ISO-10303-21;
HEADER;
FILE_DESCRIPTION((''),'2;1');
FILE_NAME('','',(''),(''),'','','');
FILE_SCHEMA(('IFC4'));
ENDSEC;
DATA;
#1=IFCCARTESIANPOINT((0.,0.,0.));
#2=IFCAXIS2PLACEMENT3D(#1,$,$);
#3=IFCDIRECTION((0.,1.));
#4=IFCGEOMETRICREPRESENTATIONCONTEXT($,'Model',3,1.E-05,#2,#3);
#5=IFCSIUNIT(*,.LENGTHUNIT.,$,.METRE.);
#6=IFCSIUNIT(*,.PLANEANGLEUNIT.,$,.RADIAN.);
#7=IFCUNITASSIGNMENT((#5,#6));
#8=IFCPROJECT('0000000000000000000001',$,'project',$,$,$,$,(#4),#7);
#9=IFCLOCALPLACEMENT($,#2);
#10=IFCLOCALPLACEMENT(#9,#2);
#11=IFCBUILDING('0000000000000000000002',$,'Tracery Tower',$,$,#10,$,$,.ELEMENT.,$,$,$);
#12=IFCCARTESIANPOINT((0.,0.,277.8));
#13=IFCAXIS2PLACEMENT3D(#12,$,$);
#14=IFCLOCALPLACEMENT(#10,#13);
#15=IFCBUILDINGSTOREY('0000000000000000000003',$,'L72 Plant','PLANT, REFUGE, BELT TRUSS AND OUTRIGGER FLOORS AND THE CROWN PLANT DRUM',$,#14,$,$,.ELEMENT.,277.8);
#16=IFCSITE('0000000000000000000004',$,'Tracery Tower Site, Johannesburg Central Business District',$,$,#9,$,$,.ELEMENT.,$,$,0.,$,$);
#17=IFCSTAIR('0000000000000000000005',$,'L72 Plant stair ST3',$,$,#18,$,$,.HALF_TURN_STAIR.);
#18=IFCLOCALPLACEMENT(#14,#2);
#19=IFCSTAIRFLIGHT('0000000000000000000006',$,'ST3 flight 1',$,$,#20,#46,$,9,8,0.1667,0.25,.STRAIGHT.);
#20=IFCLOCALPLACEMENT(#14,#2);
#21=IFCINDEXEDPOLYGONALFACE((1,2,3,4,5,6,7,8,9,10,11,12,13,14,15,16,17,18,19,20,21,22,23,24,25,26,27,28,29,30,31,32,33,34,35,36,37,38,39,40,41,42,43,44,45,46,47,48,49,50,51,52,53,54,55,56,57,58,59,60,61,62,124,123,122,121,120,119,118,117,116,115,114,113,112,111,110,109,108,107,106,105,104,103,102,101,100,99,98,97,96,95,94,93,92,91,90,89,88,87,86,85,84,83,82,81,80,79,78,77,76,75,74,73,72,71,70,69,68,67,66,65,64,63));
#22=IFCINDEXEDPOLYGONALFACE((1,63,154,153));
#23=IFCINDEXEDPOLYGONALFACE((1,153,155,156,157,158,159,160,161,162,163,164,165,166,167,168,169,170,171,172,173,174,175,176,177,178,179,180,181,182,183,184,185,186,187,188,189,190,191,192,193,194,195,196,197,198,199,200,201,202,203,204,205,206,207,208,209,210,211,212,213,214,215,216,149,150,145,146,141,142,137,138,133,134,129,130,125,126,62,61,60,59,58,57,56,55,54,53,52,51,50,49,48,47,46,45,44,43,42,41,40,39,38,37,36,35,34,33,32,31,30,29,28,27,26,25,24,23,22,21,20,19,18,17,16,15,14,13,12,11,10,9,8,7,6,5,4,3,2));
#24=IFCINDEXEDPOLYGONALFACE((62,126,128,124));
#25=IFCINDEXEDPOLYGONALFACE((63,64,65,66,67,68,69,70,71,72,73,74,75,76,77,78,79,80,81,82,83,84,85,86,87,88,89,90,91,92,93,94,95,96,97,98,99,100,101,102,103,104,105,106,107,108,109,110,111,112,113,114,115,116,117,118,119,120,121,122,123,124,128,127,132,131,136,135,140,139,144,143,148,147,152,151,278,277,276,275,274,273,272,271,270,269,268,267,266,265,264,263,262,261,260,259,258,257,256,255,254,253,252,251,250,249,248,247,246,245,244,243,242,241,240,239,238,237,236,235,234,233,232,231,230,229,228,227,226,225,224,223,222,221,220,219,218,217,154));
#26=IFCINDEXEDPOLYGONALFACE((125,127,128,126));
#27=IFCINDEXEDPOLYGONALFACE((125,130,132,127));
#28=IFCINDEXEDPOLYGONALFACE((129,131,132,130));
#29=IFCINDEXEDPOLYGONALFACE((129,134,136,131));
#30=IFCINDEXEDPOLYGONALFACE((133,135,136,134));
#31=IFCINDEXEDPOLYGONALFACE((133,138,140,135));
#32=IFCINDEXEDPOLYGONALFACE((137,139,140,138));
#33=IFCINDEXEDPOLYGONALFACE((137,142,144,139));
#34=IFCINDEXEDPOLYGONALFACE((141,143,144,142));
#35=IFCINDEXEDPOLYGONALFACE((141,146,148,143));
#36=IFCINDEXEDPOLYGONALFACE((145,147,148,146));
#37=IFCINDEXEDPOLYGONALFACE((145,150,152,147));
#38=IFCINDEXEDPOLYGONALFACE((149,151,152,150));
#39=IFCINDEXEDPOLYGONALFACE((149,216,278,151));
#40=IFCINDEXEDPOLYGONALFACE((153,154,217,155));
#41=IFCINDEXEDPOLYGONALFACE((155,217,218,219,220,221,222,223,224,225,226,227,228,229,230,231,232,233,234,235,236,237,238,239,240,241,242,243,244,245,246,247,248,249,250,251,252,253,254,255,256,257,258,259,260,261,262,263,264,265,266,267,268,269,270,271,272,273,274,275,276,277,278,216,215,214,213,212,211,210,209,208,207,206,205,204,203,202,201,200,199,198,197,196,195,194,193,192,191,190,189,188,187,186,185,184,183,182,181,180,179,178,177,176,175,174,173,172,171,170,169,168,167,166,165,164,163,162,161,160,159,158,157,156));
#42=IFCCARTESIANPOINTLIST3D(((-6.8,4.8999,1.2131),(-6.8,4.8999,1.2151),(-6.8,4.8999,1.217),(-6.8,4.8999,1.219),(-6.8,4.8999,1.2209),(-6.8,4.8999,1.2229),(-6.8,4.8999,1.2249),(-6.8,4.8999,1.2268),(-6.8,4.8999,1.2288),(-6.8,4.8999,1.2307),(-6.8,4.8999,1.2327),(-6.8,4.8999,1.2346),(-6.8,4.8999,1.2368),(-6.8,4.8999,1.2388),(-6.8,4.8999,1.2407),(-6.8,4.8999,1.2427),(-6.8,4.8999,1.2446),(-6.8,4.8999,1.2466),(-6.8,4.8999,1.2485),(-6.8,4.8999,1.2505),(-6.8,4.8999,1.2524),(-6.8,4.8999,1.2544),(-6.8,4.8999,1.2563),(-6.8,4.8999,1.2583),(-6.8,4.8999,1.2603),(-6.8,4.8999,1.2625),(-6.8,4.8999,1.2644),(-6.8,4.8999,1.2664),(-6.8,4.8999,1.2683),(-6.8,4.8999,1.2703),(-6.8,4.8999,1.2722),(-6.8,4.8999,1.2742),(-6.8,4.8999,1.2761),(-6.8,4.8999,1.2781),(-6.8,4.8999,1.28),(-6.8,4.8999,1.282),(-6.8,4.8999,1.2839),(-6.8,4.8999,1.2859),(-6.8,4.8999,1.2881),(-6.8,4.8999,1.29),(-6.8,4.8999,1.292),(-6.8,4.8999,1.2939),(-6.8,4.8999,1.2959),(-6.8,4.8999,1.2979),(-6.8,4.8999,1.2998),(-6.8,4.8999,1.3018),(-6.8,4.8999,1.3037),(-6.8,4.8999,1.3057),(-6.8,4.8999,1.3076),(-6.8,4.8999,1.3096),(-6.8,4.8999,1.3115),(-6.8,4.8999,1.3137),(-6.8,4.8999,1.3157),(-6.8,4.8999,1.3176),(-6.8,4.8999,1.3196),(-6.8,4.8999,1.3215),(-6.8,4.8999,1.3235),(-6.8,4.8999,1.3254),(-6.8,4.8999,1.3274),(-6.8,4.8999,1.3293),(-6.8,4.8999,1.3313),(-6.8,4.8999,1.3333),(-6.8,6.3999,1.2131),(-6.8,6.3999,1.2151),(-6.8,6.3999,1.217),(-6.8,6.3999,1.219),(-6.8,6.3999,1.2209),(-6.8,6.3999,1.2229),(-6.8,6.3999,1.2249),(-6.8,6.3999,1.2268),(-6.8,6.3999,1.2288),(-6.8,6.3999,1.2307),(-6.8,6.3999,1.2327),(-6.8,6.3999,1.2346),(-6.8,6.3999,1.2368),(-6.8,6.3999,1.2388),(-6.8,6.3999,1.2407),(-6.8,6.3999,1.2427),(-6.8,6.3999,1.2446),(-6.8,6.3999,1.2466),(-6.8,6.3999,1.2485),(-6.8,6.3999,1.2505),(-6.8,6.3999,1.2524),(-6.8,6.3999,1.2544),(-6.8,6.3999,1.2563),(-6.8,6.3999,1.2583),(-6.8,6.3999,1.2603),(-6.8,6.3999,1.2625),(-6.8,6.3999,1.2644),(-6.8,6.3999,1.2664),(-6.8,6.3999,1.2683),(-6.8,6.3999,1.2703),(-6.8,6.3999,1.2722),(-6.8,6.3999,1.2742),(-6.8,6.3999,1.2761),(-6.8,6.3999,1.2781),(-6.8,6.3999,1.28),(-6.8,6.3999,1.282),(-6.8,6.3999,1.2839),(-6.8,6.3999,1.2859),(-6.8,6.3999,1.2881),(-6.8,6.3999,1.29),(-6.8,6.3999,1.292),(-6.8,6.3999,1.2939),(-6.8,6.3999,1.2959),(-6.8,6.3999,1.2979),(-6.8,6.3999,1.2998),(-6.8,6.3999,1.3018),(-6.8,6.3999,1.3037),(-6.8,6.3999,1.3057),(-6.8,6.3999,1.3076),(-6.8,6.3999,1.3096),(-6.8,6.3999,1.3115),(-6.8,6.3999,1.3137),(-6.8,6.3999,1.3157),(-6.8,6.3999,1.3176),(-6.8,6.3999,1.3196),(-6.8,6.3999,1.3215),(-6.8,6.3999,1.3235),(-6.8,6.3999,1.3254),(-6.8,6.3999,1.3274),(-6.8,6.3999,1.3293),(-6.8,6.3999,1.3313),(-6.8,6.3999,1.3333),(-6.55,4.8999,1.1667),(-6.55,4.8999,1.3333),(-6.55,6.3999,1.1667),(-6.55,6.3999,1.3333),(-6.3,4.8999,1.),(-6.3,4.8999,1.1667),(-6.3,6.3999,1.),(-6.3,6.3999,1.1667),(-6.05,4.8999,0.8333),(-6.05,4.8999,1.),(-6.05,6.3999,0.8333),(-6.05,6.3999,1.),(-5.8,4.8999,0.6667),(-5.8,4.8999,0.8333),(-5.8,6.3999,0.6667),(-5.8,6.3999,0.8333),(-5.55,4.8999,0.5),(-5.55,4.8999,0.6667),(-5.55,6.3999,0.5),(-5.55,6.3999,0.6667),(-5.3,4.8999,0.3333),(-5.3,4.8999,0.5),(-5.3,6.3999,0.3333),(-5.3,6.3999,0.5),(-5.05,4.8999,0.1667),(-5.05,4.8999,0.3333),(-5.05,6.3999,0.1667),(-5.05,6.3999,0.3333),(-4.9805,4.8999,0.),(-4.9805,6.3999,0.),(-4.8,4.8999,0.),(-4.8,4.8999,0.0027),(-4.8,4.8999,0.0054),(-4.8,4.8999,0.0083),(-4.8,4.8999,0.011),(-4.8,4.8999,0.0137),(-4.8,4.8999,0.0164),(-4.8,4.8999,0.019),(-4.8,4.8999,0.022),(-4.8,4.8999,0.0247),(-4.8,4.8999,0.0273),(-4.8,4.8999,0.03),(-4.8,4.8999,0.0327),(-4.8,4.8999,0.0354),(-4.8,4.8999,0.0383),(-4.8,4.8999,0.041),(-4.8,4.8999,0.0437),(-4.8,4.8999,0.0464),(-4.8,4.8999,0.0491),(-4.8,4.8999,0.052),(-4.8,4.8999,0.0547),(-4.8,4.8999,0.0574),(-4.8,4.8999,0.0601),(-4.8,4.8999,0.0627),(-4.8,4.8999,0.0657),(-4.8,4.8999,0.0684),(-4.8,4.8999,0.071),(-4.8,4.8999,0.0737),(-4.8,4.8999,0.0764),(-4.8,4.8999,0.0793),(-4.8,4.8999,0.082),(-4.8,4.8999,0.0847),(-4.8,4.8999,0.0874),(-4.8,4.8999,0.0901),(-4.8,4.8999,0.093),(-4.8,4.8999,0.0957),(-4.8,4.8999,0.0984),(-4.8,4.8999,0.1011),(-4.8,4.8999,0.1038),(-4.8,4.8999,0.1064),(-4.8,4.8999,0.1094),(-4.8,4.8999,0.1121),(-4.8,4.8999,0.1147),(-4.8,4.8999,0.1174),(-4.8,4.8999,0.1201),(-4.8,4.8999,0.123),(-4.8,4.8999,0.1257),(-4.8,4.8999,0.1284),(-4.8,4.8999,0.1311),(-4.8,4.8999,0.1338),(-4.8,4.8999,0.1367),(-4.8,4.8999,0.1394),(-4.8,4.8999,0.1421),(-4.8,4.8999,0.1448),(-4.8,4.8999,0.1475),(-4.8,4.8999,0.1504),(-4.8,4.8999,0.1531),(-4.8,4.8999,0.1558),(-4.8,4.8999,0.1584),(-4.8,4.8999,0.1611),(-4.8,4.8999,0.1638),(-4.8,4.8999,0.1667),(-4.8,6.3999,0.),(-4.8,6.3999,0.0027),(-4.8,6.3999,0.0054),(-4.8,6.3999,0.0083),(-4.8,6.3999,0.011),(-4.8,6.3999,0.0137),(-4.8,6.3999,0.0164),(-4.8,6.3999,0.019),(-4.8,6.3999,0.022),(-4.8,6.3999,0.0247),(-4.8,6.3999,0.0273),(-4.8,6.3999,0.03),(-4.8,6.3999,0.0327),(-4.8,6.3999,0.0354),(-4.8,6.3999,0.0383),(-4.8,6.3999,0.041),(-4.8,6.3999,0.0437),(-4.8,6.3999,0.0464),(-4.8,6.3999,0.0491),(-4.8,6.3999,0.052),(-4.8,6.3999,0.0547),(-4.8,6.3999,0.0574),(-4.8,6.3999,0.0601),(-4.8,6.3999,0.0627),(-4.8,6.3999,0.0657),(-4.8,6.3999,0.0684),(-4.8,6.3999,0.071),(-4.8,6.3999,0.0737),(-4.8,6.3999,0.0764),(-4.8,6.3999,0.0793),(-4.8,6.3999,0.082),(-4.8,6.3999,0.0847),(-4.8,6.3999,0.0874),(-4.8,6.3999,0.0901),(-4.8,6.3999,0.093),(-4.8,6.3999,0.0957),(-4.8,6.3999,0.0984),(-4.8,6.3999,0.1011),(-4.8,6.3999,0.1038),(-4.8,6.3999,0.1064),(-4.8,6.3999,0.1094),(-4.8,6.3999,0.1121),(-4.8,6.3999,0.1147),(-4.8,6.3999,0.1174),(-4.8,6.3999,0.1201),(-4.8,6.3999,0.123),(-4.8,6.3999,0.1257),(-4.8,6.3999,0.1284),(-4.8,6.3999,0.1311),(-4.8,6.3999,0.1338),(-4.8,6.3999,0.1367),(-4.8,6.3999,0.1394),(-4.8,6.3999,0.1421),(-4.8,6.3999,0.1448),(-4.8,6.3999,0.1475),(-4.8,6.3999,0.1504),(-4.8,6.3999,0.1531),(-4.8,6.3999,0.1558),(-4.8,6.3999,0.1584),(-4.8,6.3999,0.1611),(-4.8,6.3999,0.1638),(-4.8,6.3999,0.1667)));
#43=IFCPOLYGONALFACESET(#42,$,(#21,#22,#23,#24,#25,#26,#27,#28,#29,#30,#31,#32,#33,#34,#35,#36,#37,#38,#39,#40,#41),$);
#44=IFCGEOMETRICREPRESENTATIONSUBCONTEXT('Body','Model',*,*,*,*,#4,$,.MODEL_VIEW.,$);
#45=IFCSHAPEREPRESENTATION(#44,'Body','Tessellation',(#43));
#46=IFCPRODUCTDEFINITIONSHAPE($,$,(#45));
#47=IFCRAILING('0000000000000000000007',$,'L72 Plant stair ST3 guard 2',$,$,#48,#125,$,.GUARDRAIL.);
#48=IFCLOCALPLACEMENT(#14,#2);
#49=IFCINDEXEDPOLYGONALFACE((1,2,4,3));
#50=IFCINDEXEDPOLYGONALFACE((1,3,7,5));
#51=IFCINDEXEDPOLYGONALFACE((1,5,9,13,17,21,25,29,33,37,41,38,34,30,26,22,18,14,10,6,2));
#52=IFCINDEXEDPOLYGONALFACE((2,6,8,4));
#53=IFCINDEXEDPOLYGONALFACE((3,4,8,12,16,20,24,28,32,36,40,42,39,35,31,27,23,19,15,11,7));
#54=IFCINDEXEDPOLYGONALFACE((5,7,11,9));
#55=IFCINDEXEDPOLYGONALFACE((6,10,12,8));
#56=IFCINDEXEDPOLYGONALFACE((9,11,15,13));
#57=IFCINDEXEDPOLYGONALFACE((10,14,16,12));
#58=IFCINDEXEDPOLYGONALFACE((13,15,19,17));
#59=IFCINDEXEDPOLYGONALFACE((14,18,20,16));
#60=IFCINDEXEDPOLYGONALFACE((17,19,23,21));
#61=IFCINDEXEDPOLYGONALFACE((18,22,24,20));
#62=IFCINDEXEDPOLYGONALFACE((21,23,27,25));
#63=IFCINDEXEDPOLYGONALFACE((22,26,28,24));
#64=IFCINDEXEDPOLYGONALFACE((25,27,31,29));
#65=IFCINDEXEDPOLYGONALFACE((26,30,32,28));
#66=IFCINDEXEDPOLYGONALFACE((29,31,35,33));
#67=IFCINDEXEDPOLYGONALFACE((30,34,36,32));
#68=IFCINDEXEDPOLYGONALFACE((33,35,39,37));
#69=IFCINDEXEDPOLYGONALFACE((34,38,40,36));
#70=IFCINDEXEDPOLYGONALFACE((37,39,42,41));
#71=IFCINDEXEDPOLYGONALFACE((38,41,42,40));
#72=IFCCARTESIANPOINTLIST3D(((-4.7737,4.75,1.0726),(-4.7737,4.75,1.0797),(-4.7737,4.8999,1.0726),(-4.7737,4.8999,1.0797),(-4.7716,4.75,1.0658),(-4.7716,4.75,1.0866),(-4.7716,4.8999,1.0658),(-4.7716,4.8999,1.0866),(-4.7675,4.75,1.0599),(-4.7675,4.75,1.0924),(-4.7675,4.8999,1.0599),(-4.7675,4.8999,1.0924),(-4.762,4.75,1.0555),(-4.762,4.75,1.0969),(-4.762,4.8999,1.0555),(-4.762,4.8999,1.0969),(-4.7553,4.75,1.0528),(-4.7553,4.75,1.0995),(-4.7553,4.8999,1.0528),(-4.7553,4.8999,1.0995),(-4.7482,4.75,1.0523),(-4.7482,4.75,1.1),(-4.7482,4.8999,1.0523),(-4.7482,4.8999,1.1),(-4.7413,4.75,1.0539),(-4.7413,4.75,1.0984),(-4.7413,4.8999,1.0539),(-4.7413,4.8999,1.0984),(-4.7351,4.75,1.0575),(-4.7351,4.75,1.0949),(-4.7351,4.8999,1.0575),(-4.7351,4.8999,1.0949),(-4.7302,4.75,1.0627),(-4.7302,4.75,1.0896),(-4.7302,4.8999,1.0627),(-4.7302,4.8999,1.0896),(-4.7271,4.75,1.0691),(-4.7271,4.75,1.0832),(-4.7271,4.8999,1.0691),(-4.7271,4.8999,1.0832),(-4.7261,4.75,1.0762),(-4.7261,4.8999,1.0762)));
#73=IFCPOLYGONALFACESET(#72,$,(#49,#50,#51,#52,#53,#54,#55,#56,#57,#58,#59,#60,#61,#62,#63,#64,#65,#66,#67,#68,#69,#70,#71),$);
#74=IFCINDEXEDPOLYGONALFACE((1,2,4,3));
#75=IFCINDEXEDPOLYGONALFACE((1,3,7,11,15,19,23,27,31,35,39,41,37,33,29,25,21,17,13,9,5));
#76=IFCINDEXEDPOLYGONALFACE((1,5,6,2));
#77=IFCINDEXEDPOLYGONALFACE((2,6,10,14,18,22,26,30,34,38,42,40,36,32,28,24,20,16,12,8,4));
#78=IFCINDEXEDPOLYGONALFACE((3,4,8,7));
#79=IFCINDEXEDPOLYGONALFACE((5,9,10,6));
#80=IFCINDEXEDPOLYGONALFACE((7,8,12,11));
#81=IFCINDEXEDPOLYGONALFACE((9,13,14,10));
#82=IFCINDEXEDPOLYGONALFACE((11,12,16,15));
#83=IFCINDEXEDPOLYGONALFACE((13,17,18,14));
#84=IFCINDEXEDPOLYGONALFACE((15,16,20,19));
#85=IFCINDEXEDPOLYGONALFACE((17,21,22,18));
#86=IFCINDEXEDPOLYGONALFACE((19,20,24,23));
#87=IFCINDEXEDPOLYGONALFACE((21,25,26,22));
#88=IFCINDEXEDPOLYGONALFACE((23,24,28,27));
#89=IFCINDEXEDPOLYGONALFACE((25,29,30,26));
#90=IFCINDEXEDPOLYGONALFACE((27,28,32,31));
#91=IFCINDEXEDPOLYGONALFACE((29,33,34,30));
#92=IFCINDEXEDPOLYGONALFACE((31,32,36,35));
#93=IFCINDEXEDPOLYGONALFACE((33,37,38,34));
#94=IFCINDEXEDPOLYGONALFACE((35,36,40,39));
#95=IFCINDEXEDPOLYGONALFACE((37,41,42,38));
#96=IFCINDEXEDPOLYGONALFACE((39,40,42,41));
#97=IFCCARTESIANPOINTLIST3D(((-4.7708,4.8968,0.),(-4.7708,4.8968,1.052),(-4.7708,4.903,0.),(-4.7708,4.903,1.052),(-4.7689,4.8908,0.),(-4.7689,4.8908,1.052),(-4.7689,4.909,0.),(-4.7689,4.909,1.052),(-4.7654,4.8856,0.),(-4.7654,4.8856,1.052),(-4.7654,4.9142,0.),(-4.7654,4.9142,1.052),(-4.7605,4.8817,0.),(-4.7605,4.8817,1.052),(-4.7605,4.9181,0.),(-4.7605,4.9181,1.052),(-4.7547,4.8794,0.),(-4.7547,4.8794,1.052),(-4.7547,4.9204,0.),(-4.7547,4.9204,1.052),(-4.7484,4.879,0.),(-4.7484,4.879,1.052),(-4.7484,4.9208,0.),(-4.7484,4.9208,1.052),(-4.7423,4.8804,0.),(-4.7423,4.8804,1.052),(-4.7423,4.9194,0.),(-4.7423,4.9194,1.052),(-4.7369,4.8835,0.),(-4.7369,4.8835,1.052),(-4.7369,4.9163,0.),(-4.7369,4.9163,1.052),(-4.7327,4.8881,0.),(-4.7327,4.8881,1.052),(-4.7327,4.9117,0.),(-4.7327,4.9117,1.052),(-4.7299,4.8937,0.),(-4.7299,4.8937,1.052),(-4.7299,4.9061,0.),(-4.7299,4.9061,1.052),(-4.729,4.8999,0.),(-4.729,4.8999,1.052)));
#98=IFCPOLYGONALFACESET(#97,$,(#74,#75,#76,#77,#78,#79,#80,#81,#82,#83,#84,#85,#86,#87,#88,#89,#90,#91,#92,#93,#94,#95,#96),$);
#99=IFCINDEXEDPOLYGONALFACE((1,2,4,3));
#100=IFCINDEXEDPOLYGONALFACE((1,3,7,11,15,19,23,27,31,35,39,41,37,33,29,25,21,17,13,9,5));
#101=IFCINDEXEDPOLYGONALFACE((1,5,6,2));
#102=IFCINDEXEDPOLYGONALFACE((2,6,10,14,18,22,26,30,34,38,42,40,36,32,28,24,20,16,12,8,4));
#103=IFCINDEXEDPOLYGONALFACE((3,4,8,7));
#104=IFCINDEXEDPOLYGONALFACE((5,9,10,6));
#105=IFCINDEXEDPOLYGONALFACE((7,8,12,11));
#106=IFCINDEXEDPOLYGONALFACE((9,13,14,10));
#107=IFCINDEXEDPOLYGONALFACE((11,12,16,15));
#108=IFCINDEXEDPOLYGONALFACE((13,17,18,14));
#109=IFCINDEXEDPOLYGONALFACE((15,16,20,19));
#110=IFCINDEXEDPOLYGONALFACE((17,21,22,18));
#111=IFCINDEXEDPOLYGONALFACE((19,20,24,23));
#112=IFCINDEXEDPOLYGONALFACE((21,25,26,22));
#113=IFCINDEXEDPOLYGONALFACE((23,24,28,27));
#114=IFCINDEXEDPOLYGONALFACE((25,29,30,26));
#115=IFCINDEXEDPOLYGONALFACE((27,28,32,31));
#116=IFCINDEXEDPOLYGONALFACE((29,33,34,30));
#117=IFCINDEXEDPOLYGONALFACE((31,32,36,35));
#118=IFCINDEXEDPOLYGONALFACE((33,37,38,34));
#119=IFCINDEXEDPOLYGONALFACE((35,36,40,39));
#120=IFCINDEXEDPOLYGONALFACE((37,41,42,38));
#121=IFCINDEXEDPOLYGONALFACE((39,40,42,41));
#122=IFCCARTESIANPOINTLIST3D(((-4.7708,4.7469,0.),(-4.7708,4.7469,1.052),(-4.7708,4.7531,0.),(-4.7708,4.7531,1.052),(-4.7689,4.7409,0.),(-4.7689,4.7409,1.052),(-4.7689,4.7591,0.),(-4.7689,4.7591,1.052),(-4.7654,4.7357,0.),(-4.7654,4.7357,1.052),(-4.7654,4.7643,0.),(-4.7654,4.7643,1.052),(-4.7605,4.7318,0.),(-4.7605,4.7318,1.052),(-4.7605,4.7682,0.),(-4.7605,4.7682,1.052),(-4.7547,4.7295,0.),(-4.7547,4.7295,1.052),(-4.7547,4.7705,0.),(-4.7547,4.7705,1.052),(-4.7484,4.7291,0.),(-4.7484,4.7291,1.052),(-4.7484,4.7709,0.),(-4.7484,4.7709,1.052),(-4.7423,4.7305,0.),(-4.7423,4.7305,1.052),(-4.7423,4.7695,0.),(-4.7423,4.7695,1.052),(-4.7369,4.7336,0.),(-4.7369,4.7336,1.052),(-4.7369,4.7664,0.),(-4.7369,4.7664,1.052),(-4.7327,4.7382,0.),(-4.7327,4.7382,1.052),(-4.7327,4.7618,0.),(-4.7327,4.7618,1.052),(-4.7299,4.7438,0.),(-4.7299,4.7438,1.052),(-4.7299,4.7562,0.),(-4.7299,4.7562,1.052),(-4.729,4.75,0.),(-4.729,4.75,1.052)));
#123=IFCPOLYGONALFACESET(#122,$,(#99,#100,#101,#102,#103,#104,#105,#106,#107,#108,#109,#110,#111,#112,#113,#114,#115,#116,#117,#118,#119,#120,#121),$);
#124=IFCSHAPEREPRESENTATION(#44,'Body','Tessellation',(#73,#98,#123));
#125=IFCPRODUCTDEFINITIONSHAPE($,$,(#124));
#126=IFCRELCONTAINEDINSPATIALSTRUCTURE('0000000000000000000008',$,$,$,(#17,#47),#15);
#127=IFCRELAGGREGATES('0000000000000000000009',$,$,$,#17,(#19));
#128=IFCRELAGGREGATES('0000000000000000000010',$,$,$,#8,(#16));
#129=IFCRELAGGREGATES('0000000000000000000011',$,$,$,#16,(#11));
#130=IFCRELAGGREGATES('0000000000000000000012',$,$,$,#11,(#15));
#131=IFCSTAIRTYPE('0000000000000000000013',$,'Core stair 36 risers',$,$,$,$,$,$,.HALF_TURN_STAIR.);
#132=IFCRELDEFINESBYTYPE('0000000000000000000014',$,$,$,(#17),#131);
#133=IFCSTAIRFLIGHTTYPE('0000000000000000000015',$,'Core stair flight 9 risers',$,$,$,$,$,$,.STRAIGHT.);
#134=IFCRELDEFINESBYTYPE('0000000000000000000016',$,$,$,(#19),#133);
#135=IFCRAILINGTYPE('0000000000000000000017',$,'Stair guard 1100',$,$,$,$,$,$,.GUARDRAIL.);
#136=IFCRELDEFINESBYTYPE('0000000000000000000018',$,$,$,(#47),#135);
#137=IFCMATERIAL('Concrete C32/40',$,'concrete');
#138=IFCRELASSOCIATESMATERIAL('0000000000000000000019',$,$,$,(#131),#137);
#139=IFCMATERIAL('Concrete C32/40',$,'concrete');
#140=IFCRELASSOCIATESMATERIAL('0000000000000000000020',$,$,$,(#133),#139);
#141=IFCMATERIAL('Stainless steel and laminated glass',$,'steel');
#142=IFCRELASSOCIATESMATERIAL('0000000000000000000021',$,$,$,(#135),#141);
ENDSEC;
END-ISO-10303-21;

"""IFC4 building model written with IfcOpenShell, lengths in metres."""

from ifc_helpers import new_model, si_unit, direction, frame, origin, origin_2d, place, context, subcontext, project, spatial, polyline, circle, outline, extrude, material, type_object, element, aggregate, save


model = new_model("IFC4")

# Units and contexts
model_context = context("Model", 3, precision=1e-05, world=origin(), true_north=direction((0.0, 1.0)))
body_context = subcontext(model_context, "Body", "Model", "MODEL_VIEW")
ifc_project = project(units=[si_unit("LENGTHUNIT", "METRE"), si_unit("PLANEANGLEUNIT", "RADIAN")], contexts=[model_context])

# Site, building, storey
site_placement = place(None, origin())
site = spatial("IfcSite", under=ifc_project, at=site_placement, Name="Tracery Tower Site, Johannesburg Central Business District", CompositionType="ELEMENT", RefElevation=0.0)
building_placement = place(site_placement, origin())
building = spatial("IfcBuilding", under=site, at=building_placement, Name="Tracery Tower", CompositionType="ELEMENT")
storey_placement = place(building_placement, frame((0.0, 0.0, 277.8)))
storey = spatial("IfcBuildingStorey", under=building, at=storey_placement, Name="L72 Plant", Description="PLANT, REFUGE, BELT TRUSS AND OUTRIGGER FLOORS AND THE CROWN PLANT DRUM", CompositionType="ELEMENT", Elevation=277.8)

# Stair, stair flight
ifc_material_1 = material(Name="Concrete C32/40", Category="concrete")
stair_type = type_object("IfcStairType", Name="Core stair 36 risers", PredefinedType="HALF_TURN_STAIR", material=ifc_material_1)
stair_placement = place(storey_placement, origin())
stair = element("IfcStair", 1, at=stair_placement, inside=storey, type_object=stair_type, Name="L72 Plant stair ST3", PredefinedType="HALF_TURN_STAIR")
ifc_material_2 = material(Name="Concrete C32/40", Category="concrete")
stair_flight_type = type_object("IfcStairFlightType", Name="Core stair flight 9 risers", PredefinedType="STRAIGHT", material=ifc_material_2)
stair_flight_1_placement = place(storey_placement, frame((-4.8, 5.6499, 0.0), z_axis=(0.0, 0.0, 1.0), x_axis=(-1.0, 0.0, 0.0)))
stair_flight_1 = element("IfcStairFlight", 2, at=stair_flight_1_placement, type_object=stair_flight_type, Name="ST3 flight 1", NumberOfRisers=9, NumberOfTreads=8, PredefinedType="STRAIGHT", RiserHeight=0.1667, TreadLength=0.25, context=body_context, shape_type="SweptSolid", body=[
    extrude(outline(polyline([(0.0, 0.0), (0.0, 0.0027), (0.0, 0.0054), (0.0, 0.0083), (0.0, 0.011), (0.0, 0.0137), (0.0, 0.0164), (0.0, 0.019), (0.0, 0.022), (0.0, 0.0247), (0.0, 0.0273), (0.0, 0.03), (0.0, 0.0327), (0.0, 0.0354), (0.0, 0.0383), (0.0, 0.041), (0.0, 0.0437), (0.0, 0.0464), (0.0, 0.0491), (0.0, 0.052), (0.0, 0.0547), (0.0, 0.0574), (0.0, 0.0601), (0.0, 0.0627), (0.0, 0.0657), (0.0, 0.0684), (0.0, 0.071), (0.0, 0.0737), (0.0, 0.0764), (0.0, 0.0793), (0.0, 0.082), (0.0, 0.0847), (0.0, 0.0874), (0.0, 0.0901), (0.0, 0.093), (0.0, 0.0957), (0.0, 0.0984), (0.0, 0.1011), (0.0, 0.1038), (0.0, 0.1064), (0.0, 0.1094), (0.0, 0.1121), (0.0, 0.1147), (0.0, 0.1174), (0.0, 0.1201), (0.0, 0.123), (0.0, 0.1257), (0.0, 0.1284), (0.0, 0.1311), (0.0, 0.1338), (0.0, 0.1367), (0.0, 0.1394), (0.0, 0.1421), (0.0, 0.1448), (0.0, 0.1475), (0.0, 0.1504), (0.0, 0.1531), (0.0, 0.1558), (0.0, 0.1584), (0.0, 0.1611), (0.0, 0.1638), (0.0, 0.1667), (0.25, 0.1667), (0.25, 0.3333), (0.5, 0.3333), (0.5, 0.5), (0.75, 0.5), (0.75, 0.6667), (1.0, 0.6667), (1.0, 0.8333), (1.25, 0.8333), (1.25, 1.0), (1.5, 1.0), (1.5, 1.1667), (1.75, 1.1667), (1.75, 1.3333), (2.0, 1.3333), (2.0, 1.3313), (2.0, 1.3293), (2.0, 1.3274), (2.0, 1.3254), (2.0, 1.3235), (2.0, 1.3215), (2.0, 1.3196), (2.0, 1.3176), (2.0, 1.3157), (2.0, 1.3137), (2.0, 1.3115), (2.0, 1.3096), (2.0, 1.3076), (2.0, 1.3057), (2.0, 1.3037), (2.0, 1.3018), (2.0, 1.2998), (2.0, 1.2979), (2.0, 1.2959), (2.0, 1.2939), (2.0, 1.292), (2.0, 1.29), (2.0, 1.2881), (2.0, 1.2859), (2.0, 1.2839), (2.0, 1.282), (2.0, 1.28), (2.0, 1.2781), (2.0, 1.2761), (2.0, 1.2742), (2.0, 1.2722), (2.0, 1.2703), (2.0, 1.2683), (2.0, 1.2664), (2.0, 1.2644), (2.0, 1.2625), (2.0, 1.2603), (2.0, 1.2583), (2.0, 1.2563), (2.0, 1.2544), (2.0, 1.2524), (2.0, 1.2505), (2.0, 1.2485), (2.0, 1.2466), (2.0, 1.2446), (2.0, 1.2427), (2.0, 1.2407), (2.0, 1.2388), (2.0, 1.2368), (2.0, 1.2346), (2.0, 1.2327), (2.0, 1.2307), (2.0, 1.2288), (2.0, 1.2268), (2.0, 1.2249), (2.0, 1.2229), (2.0, 1.2209), (2.0, 1.219), (2.0, 1.217), (2.0, 1.2151), (2.0, 1.2131), (0.1804, 0.0), (0.0, 0.0)])), frame((0.0, 0.75, 0.0), z_axis=(0.0, -1.0, 0.0), x_axis=(1.0, 0.0, 0.0)), (0.0, 0.0, 1.0), 1.5),
])
aggregate(stair, [stair_flight_1])

# Railing
ifc_material_3 = material(Name="Stainless steel and laminated glass", Category="steel")
railing_type_1 = type_object("IfcRailingType", Name="Stair guard 1100", PredefinedType="GUARDRAIL", material=ifc_material_3)
railing_1_placement = place(storey_placement, frame((-4.75, 4.8999, 0.0)))
element("IfcRailing", 3, at=railing_1_placement, inside=storey, type_object=railing_type_1, Name="L72 Plant stair ST3 guard 2", PredefinedType="GUARDRAIL", context=body_context, shape_type="SweptSolid", body=[
    extrude(circle(Radius=0.0239, at=origin_2d()), frame((0.0, 0.0, 1.0762), z_axis=(0.0, -1.0, 0.0), x_axis=(1.0, 0.0, 0.0)), (0.0, 0.0, 1.0), 0.1499),
    extrude(circle(Radius=0.021, at=origin_2d()), origin(), (0.0, 0.0, 1.0), 1.052),
    extrude(circle(Radius=0.021, at=origin_2d()), frame((0.0, -0.1499, 0.0)), (0.0, 0.0, 1.0), 1.052),
])

save(model, "model.ifc")
